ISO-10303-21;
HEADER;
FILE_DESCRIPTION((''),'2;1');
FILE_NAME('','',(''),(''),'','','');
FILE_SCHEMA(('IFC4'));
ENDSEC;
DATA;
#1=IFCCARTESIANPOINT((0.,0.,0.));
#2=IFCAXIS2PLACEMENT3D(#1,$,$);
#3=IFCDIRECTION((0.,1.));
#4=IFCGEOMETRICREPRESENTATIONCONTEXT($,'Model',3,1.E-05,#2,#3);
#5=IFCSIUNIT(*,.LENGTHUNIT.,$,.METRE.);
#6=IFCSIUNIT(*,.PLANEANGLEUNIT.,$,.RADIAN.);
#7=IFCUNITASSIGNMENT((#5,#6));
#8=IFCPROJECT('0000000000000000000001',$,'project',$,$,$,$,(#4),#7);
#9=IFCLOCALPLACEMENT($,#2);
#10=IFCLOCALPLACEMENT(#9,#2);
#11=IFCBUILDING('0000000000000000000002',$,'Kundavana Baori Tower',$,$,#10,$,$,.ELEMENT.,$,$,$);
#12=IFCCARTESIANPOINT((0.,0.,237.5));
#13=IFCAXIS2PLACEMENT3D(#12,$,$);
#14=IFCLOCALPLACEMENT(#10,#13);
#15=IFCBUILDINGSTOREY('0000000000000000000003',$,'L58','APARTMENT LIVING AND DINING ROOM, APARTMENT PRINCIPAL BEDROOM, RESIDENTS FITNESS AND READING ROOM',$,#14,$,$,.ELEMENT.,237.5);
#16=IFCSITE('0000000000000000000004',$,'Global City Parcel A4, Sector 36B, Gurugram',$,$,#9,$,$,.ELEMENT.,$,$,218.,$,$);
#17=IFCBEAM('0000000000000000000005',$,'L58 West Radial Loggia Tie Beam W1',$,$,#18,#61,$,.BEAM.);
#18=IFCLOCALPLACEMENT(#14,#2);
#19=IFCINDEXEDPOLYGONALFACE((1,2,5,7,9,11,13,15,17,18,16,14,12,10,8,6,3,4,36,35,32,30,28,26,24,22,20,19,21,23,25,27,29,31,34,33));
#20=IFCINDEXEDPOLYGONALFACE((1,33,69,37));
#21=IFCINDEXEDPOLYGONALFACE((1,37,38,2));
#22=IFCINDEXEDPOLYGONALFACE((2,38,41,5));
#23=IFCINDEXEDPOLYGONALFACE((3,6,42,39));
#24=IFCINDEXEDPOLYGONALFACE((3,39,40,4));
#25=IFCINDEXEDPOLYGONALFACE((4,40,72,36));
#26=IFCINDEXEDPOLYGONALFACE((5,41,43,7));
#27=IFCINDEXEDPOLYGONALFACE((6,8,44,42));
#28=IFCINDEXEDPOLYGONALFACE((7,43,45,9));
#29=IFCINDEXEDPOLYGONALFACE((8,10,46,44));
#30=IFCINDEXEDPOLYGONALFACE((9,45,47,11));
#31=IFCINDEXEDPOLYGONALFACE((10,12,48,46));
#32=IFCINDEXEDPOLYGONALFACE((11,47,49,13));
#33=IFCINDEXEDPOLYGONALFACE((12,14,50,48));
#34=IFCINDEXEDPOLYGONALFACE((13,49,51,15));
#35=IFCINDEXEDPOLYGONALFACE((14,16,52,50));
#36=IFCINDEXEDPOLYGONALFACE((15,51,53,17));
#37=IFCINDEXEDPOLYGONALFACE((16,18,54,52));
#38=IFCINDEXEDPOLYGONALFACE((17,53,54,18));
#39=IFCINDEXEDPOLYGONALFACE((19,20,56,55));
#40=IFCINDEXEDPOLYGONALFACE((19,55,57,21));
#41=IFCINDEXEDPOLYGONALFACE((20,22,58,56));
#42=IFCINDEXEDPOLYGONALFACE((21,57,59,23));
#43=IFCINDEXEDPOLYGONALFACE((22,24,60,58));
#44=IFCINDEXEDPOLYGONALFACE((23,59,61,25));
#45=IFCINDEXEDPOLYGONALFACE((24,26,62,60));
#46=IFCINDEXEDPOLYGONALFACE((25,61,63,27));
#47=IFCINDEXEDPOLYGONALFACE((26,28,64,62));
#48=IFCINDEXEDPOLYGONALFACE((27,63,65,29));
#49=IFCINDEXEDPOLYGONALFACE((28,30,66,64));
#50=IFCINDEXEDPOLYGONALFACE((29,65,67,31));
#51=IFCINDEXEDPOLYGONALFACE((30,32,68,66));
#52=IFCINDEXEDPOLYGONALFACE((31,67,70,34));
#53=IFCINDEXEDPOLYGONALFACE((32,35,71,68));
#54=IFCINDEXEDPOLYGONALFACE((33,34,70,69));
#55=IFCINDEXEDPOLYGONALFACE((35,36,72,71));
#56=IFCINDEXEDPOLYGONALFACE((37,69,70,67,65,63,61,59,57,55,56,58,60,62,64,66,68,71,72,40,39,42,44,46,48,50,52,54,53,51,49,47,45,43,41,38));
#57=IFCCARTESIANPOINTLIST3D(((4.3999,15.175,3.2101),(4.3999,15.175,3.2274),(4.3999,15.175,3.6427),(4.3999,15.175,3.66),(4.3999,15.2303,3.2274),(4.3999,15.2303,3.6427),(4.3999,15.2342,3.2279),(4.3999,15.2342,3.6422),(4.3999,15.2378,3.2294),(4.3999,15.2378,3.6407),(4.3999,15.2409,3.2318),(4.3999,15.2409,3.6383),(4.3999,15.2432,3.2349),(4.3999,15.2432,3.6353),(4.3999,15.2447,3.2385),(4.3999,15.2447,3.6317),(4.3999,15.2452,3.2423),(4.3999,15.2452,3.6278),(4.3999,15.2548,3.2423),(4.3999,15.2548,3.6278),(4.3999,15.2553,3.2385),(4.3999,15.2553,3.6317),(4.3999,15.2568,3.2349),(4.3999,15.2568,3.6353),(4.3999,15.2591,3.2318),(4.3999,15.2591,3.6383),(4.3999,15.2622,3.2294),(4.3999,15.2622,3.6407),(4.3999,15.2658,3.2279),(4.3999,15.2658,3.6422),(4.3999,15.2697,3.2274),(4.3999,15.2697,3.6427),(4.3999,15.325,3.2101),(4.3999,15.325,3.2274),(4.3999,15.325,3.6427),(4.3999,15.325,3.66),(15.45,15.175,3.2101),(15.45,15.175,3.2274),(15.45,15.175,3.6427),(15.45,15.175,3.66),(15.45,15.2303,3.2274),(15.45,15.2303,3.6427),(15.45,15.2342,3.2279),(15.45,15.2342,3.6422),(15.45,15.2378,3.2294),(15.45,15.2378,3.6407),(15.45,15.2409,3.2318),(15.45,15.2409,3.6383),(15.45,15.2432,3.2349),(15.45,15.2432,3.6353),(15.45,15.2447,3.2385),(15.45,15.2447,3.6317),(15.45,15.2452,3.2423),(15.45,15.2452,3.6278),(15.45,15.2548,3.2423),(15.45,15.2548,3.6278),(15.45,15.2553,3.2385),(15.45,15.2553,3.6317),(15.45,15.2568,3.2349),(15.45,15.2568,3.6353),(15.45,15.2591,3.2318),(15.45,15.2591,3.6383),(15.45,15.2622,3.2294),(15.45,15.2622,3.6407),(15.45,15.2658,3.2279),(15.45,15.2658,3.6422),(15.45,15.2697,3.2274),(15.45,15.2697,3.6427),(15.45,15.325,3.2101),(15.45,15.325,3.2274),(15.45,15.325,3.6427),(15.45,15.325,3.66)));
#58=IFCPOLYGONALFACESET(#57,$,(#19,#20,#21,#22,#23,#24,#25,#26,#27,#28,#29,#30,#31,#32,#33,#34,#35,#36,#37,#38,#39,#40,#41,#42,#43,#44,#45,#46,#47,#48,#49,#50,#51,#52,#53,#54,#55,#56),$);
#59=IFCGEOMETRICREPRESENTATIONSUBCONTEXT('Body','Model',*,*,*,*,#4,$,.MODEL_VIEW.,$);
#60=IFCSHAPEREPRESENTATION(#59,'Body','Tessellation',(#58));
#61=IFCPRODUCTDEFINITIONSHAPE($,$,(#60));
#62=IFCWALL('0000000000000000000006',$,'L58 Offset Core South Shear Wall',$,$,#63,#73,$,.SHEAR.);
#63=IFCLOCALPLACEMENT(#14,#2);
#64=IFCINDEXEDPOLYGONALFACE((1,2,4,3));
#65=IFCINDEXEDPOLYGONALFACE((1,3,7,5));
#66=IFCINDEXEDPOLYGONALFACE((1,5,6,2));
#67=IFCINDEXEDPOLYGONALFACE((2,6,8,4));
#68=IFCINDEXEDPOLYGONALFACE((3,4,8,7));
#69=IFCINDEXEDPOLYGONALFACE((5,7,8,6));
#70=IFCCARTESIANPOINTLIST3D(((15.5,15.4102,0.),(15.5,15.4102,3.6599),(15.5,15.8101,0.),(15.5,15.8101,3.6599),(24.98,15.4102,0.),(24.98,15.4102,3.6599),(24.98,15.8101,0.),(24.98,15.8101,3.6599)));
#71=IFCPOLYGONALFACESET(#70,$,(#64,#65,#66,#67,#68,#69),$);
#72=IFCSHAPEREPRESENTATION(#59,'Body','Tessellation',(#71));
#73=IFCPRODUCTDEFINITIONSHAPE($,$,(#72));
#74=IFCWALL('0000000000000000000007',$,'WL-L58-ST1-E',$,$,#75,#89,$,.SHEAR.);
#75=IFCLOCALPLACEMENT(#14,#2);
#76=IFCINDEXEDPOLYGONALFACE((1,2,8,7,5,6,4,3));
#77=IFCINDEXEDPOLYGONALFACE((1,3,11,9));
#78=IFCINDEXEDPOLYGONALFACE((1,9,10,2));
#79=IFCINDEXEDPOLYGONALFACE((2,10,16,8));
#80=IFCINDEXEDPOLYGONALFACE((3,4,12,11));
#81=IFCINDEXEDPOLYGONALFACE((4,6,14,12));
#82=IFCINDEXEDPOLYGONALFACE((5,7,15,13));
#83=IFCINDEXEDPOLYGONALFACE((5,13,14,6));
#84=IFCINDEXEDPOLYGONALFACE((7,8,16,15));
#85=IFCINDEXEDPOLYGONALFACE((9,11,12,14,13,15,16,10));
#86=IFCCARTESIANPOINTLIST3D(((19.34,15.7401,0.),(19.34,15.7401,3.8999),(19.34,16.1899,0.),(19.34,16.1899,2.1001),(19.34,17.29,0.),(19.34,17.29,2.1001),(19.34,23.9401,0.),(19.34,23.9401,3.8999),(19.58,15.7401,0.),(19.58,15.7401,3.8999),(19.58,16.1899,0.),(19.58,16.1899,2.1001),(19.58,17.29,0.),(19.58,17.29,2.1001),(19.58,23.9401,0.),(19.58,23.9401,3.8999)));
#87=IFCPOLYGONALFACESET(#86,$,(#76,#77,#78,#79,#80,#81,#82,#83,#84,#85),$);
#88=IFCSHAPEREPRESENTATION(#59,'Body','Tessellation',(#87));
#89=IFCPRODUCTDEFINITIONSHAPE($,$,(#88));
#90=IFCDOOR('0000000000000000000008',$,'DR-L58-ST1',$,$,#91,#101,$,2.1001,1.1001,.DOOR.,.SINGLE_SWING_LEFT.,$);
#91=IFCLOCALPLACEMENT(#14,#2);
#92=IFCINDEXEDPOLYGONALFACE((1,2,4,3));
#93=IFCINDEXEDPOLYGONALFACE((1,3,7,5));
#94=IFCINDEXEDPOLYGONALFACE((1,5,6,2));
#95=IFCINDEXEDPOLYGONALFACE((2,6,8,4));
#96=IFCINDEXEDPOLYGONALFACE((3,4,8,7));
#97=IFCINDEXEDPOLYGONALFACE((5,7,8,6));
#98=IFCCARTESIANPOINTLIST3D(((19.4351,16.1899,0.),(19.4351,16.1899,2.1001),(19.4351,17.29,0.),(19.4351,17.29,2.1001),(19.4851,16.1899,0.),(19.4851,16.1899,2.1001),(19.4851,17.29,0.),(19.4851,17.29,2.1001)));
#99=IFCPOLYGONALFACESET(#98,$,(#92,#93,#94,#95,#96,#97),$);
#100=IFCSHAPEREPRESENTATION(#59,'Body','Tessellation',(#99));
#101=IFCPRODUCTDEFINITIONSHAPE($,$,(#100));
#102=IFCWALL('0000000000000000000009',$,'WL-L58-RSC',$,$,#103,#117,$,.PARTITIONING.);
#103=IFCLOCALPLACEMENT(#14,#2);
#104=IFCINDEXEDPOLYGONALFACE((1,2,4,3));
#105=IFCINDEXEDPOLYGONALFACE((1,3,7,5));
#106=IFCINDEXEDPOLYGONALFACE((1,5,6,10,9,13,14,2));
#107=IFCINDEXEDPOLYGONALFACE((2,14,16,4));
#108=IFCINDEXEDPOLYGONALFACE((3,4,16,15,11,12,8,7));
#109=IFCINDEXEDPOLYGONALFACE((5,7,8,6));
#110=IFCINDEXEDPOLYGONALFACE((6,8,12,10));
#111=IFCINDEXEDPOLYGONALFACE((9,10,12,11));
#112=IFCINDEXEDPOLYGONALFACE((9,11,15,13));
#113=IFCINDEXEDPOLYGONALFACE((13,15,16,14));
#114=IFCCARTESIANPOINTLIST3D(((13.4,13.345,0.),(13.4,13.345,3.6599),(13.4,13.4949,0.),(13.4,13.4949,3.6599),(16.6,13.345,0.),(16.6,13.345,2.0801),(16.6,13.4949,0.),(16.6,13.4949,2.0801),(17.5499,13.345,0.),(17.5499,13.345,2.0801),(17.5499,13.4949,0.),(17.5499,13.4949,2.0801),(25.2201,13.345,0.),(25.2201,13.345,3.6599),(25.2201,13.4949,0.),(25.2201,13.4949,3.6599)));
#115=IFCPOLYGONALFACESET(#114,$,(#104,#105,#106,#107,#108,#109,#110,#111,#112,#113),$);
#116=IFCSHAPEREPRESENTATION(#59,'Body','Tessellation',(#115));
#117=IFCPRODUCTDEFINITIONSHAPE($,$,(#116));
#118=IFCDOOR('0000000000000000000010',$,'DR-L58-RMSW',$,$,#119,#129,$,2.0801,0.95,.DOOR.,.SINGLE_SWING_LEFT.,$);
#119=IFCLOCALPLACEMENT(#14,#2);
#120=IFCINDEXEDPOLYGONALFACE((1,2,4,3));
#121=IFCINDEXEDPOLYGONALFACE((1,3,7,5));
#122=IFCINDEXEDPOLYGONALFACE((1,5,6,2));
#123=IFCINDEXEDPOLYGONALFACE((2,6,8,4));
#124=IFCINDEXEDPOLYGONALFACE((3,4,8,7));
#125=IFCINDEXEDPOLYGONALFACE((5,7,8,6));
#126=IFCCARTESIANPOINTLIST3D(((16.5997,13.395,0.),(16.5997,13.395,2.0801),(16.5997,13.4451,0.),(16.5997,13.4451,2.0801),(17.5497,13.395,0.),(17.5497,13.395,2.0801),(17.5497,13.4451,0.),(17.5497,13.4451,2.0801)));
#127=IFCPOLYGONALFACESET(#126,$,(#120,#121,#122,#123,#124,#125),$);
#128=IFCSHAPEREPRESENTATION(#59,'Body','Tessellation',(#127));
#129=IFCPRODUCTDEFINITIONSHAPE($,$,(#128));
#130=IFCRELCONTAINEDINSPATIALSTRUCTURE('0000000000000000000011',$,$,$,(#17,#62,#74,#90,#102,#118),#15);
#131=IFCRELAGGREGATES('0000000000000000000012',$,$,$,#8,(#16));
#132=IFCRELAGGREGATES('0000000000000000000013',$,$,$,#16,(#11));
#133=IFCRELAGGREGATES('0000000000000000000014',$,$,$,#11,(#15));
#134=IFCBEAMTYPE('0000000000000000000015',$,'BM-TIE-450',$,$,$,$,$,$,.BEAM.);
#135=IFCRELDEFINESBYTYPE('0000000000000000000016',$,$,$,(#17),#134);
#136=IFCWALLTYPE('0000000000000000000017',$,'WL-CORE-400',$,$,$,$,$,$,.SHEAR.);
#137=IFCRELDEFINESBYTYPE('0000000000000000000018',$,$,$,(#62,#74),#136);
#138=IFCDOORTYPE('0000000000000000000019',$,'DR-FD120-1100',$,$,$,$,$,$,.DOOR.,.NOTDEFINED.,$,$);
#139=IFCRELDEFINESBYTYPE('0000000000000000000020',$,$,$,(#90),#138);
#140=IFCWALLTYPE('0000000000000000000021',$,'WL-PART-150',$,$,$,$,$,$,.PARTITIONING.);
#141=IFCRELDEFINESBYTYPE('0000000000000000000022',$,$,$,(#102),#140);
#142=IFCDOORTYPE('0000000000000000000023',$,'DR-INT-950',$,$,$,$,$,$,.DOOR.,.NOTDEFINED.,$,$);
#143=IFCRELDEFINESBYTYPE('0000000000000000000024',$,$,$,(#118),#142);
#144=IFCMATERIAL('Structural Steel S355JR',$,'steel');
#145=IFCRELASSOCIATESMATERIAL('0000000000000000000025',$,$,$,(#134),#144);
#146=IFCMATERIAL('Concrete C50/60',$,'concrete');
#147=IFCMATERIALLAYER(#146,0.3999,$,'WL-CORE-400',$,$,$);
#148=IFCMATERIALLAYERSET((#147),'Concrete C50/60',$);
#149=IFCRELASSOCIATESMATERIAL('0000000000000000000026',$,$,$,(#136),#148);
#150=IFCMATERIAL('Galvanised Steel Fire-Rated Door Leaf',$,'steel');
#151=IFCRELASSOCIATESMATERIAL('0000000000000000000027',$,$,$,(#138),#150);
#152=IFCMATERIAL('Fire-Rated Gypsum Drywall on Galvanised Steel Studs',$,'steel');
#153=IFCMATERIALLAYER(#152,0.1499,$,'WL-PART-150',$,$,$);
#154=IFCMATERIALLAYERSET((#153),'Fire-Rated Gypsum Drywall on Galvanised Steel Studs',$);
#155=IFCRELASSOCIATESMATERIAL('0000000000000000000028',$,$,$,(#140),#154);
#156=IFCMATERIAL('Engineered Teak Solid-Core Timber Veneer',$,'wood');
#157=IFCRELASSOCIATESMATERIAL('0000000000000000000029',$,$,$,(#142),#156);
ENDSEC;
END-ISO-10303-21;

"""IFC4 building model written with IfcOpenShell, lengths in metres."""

from ifc_helpers import new_model, si_unit, direction, frame, frame_2d, origin, origin_2d, place, context, subcontext, project, spatial, rectangle, i_section, extrude, material, layer, layer_set, material_profile, profile_set, type_object, element, fill, save


model = new_model("IFC4")

# Units and contexts
model_context = context("Model", 3, precision=1e-05, world=origin(), true_north=direction((0.0, 1.0)))
body_context = subcontext(model_context, "Body", "Model", "MODEL_VIEW")
ifc_project = project(units=[si_unit("LENGTHUNIT", "METRE"), si_unit("PLANEANGLEUNIT", "RADIAN")], contexts=[model_context])

# Site, building, storey
site_placement = place(None, origin())
site = spatial("IfcSite", under=ifc_project, at=site_placement, Name="Global City Parcel A4, Sector 36B, Gurugram", CompositionType="ELEMENT", RefElevation=218.0)
building_placement = place(site_placement, origin())
building = spatial("IfcBuilding", under=site, at=building_placement, Name="Kundavana Baori Tower", CompositionType="ELEMENT")
storey_placement = place(building_placement, frame((0.0, 0.0, 237.5)))
storey = spatial("IfcBuildingStorey", under=building, at=storey_placement, Name="L58", Description="APARTMENT LIVING AND DINING ROOM, APARTMENT PRINCIPAL BEDROOM, RESIDENTS FITNESS AND READING ROOM", CompositionType="ELEMENT", Elevation=237.5)

# Beam
ifc_material_1 = material(Name="Structural Steel S355JR", Category="steel")
ifc_material_profile_1 = material_profile(ifc_material_1, i_section(OverallWidth=0.1499, OverallDepth=0.45, WebThickness=0.0095, FlangeThickness=0.0173, FilletRadius=0.0149, at=origin_2d()), Name="ISMB 450")
ifc_profile_set_1 = profile_set([ifc_material_profile_1], Name="Structural Steel S355JR")
beam_type_1 = type_object("IfcBeamType", Name="BM-TIE-450", PredefinedType="BEAM", material=ifc_profile_set_1)
for number, where, z_axis, x_axis, name in (
    (1, (15.45, 15.25, 3.4351), (-1.0, 0.0, 0.0), (0.0, -1.0, 0.0), "L58 West Radial Loggia Tie Beam W1"),
):
    element("IfcBeam", number, at=place(storey_placement, frame(where, z_axis=z_axis, x_axis=x_axis)), inside=storey, type_object=beam_type_1, Name=name, PredefinedType="BEAM", context=body_context, shape_type="SweptSolid", body=[
        extrude(i_section(OverallWidth=0.1499, OverallDepth=0.45, WebThickness=0.0095, FlangeThickness=0.0173, FilletRadius=0.0149, at=origin_2d()), origin(), (0.0, 0.0, 1.0), 11.05),
    ])

# Wall
ifc_material_2 = material(Name="Concrete C50/60", Category="concrete")
ifc_layer_1 = layer(ifc_material_2, 0.3999, Name="WL-CORE-400")
ifc_layer_set_1 = layer_set([ifc_layer_1], Name="Concrete C50/60")
wall_type_1 = type_object("IfcWallType", Name="WL-CORE-400", PredefinedType="SHEAR", material=ifc_layer_set_1)
wall_1_placement = place(storey_placement, frame((15.5, 15.6101, 0.0), z_axis=(0.0, 0.0, 1.0), x_axis=(1.0, 0.0, 0.0)))
element("IfcWall", 2, at=wall_1_placement, inside=storey, type_object=wall_type_1, Name="L58 Offset Core South Shear Wall", PredefinedType="SHEAR", context=body_context, shape_type="SweptSolid", body=[
    extrude(rectangle(XDim=9.48, YDim=0.3999, at=frame_2d((4.74, 0.0))), origin(), (0.0, 0.0, 1.0), 3.6599),
])

# Walls, openings, doors
wall_2_placement = place(storey_placement, frame((19.46, 15.74, 0.0), z_axis=(0.0, 0.0, 1.0), x_axis=(0.0, 1.0, 0.0)))
wall_2 = element("IfcWall", 3, at=wall_2_placement, inside=storey, type_object=wall_type_1, Name="WL-L58-ST1-E", PredefinedType="SHEAR", context=body_context, shape_type="SweptSolid", body=[
    extrude(rectangle(XDim=8.2, YDim=0.24, at=frame_2d((4.1001, 0.0))), origin(), (0.0, 0.0, 1.0), 3.8999),
])
opening_1_placement = place(wall_2_placement, frame((0.45, 0.0, 0.0)))
opening_1 = element("IfcOpeningElement", 4, at=opening_1_placement, cuts=wall_2, PredefinedType="OPENING", context=body_context, shape_type="SweptSolid", body=[
    extrude(rectangle(XDim=1.1001, YDim=2.1001, at=frame_2d((0.55, 1.05))), frame((0.0, 0.1299, 0.0), z_axis=(0.0, -1.0, 0.0), x_axis=(1.0, 0.0, 0.0)), (0.0, 0.0, 1.0), 0.26),
])
ifc_material_3 = material(Name="Galvanised Steel Fire-Rated Door Leaf", Category="steel")
door_type_1 = type_object("IfcDoorType", Name="DR-FD120-1100", OperationType="NOTDEFINED", PredefinedType="DOOR", material=ifc_material_3)
door_1_placement = place(opening_1_placement, origin())
door_1 = element("IfcDoor", 5, at=door_1_placement, inside=storey, type_object=door_type_1, Name="DR-L58-ST1", OperationType="SINGLE_SWING_LEFT", OverallHeight=2.1001, OverallWidth=1.1001, PredefinedType="DOOR", context=body_context, shape_type="SweptSolid", body=[
    extrude(rectangle(XDim=1.1001, YDim=2.1001, at=frame_2d((0.55, 1.05))), frame((0.0, 0.0249, 0.0), z_axis=(0.0, -1.0, 0.0), x_axis=(1.0, 0.0, 0.0)), (0.0, 0.0, 1.0), 0.05),
])
fill(opening_1, door_1)
ifc_material_4 = material(Name="Fire-Rated Gypsum Drywall on Galvanised Steel Studs", Category="steel")
ifc_layer_2 = layer(ifc_material_4, 0.1499, Name="WL-PART-150")
ifc_layer_set_2 = layer_set([ifc_layer_2], Name="Fire-Rated Gypsum Drywall on Galvanised Steel Studs")
wall_type_2 = type_object("IfcWallType", Name="WL-PART-150", PredefinedType="PARTITIONING", material=ifc_layer_set_2)
wall_3_placement = place(storey_placement, frame((13.3999, 13.4199, 0.0), z_axis=(0.0, 0.0, 1.0), x_axis=(1.0, 0.0, 0.0)))
wall_3 = element("IfcWall", 6, at=wall_3_placement, inside=storey, type_object=wall_type_2, Name="WL-L58-RSC", PredefinedType="PARTITIONING", context=body_context, shape_type="SweptSolid", body=[
    extrude(rectangle(XDim=11.8201, YDim=0.1499, at=frame_2d((5.9102, 0.0))), origin(), (0.0, 0.0, 1.0), 3.6599),
])
opening_2_placement = place(wall_3_placement, frame((3.2, 0.0, 0.0)))
opening_2 = element("IfcOpeningElement", 7, at=opening_2_placement, cuts=wall_3, PredefinedType="OPENING", context=body_context, shape_type="SweptSolid", body=[
    extrude(rectangle(XDim=0.95, YDim=2.0801, at=frame_2d((0.4751, 1.04))), frame((0.0, 0.085, 0.0), z_axis=(0.0, -1.0, 0.0), x_axis=(1.0, 0.0, 0.0)), (0.0, 0.0, 1.0), 0.1699),
])
ifc_material_5 = material(Name="Engineered Teak Solid-Core Timber Veneer", Category="wood")
door_type_2 = type_object("IfcDoorType", Name="DR-INT-950", OperationType="NOTDEFINED", PredefinedType="DOOR", material=ifc_material_5)
door_2_placement = place(opening_2_placement, frame((0.95, 0.0, 0.0), z_axis=(0.0, 0.0, 1.0), x_axis=(-1.0, 0.0, 0.0)))
door_2 = element("IfcDoor", 8, at=door_2_placement, inside=storey, type_object=door_type_2, Name="DR-L58-RMSW", OperationType="SINGLE_SWING_LEFT", OverallHeight=2.0801, OverallWidth=0.95, PredefinedType="DOOR", context=body_context, shape_type="SweptSolid", body=[
    extrude(rectangle(XDim=0.95, YDim=2.0801, at=frame_2d((0.4751, 1.04))), frame((0.0, 0.0249, 0.0), z_axis=(0.0, -1.0, 0.0), x_axis=(1.0, 0.0, 0.0)), (0.0, 0.0, 1.0), 0.05),
])
fill(opening_2, door_2)

save(model, "model.ifc")
